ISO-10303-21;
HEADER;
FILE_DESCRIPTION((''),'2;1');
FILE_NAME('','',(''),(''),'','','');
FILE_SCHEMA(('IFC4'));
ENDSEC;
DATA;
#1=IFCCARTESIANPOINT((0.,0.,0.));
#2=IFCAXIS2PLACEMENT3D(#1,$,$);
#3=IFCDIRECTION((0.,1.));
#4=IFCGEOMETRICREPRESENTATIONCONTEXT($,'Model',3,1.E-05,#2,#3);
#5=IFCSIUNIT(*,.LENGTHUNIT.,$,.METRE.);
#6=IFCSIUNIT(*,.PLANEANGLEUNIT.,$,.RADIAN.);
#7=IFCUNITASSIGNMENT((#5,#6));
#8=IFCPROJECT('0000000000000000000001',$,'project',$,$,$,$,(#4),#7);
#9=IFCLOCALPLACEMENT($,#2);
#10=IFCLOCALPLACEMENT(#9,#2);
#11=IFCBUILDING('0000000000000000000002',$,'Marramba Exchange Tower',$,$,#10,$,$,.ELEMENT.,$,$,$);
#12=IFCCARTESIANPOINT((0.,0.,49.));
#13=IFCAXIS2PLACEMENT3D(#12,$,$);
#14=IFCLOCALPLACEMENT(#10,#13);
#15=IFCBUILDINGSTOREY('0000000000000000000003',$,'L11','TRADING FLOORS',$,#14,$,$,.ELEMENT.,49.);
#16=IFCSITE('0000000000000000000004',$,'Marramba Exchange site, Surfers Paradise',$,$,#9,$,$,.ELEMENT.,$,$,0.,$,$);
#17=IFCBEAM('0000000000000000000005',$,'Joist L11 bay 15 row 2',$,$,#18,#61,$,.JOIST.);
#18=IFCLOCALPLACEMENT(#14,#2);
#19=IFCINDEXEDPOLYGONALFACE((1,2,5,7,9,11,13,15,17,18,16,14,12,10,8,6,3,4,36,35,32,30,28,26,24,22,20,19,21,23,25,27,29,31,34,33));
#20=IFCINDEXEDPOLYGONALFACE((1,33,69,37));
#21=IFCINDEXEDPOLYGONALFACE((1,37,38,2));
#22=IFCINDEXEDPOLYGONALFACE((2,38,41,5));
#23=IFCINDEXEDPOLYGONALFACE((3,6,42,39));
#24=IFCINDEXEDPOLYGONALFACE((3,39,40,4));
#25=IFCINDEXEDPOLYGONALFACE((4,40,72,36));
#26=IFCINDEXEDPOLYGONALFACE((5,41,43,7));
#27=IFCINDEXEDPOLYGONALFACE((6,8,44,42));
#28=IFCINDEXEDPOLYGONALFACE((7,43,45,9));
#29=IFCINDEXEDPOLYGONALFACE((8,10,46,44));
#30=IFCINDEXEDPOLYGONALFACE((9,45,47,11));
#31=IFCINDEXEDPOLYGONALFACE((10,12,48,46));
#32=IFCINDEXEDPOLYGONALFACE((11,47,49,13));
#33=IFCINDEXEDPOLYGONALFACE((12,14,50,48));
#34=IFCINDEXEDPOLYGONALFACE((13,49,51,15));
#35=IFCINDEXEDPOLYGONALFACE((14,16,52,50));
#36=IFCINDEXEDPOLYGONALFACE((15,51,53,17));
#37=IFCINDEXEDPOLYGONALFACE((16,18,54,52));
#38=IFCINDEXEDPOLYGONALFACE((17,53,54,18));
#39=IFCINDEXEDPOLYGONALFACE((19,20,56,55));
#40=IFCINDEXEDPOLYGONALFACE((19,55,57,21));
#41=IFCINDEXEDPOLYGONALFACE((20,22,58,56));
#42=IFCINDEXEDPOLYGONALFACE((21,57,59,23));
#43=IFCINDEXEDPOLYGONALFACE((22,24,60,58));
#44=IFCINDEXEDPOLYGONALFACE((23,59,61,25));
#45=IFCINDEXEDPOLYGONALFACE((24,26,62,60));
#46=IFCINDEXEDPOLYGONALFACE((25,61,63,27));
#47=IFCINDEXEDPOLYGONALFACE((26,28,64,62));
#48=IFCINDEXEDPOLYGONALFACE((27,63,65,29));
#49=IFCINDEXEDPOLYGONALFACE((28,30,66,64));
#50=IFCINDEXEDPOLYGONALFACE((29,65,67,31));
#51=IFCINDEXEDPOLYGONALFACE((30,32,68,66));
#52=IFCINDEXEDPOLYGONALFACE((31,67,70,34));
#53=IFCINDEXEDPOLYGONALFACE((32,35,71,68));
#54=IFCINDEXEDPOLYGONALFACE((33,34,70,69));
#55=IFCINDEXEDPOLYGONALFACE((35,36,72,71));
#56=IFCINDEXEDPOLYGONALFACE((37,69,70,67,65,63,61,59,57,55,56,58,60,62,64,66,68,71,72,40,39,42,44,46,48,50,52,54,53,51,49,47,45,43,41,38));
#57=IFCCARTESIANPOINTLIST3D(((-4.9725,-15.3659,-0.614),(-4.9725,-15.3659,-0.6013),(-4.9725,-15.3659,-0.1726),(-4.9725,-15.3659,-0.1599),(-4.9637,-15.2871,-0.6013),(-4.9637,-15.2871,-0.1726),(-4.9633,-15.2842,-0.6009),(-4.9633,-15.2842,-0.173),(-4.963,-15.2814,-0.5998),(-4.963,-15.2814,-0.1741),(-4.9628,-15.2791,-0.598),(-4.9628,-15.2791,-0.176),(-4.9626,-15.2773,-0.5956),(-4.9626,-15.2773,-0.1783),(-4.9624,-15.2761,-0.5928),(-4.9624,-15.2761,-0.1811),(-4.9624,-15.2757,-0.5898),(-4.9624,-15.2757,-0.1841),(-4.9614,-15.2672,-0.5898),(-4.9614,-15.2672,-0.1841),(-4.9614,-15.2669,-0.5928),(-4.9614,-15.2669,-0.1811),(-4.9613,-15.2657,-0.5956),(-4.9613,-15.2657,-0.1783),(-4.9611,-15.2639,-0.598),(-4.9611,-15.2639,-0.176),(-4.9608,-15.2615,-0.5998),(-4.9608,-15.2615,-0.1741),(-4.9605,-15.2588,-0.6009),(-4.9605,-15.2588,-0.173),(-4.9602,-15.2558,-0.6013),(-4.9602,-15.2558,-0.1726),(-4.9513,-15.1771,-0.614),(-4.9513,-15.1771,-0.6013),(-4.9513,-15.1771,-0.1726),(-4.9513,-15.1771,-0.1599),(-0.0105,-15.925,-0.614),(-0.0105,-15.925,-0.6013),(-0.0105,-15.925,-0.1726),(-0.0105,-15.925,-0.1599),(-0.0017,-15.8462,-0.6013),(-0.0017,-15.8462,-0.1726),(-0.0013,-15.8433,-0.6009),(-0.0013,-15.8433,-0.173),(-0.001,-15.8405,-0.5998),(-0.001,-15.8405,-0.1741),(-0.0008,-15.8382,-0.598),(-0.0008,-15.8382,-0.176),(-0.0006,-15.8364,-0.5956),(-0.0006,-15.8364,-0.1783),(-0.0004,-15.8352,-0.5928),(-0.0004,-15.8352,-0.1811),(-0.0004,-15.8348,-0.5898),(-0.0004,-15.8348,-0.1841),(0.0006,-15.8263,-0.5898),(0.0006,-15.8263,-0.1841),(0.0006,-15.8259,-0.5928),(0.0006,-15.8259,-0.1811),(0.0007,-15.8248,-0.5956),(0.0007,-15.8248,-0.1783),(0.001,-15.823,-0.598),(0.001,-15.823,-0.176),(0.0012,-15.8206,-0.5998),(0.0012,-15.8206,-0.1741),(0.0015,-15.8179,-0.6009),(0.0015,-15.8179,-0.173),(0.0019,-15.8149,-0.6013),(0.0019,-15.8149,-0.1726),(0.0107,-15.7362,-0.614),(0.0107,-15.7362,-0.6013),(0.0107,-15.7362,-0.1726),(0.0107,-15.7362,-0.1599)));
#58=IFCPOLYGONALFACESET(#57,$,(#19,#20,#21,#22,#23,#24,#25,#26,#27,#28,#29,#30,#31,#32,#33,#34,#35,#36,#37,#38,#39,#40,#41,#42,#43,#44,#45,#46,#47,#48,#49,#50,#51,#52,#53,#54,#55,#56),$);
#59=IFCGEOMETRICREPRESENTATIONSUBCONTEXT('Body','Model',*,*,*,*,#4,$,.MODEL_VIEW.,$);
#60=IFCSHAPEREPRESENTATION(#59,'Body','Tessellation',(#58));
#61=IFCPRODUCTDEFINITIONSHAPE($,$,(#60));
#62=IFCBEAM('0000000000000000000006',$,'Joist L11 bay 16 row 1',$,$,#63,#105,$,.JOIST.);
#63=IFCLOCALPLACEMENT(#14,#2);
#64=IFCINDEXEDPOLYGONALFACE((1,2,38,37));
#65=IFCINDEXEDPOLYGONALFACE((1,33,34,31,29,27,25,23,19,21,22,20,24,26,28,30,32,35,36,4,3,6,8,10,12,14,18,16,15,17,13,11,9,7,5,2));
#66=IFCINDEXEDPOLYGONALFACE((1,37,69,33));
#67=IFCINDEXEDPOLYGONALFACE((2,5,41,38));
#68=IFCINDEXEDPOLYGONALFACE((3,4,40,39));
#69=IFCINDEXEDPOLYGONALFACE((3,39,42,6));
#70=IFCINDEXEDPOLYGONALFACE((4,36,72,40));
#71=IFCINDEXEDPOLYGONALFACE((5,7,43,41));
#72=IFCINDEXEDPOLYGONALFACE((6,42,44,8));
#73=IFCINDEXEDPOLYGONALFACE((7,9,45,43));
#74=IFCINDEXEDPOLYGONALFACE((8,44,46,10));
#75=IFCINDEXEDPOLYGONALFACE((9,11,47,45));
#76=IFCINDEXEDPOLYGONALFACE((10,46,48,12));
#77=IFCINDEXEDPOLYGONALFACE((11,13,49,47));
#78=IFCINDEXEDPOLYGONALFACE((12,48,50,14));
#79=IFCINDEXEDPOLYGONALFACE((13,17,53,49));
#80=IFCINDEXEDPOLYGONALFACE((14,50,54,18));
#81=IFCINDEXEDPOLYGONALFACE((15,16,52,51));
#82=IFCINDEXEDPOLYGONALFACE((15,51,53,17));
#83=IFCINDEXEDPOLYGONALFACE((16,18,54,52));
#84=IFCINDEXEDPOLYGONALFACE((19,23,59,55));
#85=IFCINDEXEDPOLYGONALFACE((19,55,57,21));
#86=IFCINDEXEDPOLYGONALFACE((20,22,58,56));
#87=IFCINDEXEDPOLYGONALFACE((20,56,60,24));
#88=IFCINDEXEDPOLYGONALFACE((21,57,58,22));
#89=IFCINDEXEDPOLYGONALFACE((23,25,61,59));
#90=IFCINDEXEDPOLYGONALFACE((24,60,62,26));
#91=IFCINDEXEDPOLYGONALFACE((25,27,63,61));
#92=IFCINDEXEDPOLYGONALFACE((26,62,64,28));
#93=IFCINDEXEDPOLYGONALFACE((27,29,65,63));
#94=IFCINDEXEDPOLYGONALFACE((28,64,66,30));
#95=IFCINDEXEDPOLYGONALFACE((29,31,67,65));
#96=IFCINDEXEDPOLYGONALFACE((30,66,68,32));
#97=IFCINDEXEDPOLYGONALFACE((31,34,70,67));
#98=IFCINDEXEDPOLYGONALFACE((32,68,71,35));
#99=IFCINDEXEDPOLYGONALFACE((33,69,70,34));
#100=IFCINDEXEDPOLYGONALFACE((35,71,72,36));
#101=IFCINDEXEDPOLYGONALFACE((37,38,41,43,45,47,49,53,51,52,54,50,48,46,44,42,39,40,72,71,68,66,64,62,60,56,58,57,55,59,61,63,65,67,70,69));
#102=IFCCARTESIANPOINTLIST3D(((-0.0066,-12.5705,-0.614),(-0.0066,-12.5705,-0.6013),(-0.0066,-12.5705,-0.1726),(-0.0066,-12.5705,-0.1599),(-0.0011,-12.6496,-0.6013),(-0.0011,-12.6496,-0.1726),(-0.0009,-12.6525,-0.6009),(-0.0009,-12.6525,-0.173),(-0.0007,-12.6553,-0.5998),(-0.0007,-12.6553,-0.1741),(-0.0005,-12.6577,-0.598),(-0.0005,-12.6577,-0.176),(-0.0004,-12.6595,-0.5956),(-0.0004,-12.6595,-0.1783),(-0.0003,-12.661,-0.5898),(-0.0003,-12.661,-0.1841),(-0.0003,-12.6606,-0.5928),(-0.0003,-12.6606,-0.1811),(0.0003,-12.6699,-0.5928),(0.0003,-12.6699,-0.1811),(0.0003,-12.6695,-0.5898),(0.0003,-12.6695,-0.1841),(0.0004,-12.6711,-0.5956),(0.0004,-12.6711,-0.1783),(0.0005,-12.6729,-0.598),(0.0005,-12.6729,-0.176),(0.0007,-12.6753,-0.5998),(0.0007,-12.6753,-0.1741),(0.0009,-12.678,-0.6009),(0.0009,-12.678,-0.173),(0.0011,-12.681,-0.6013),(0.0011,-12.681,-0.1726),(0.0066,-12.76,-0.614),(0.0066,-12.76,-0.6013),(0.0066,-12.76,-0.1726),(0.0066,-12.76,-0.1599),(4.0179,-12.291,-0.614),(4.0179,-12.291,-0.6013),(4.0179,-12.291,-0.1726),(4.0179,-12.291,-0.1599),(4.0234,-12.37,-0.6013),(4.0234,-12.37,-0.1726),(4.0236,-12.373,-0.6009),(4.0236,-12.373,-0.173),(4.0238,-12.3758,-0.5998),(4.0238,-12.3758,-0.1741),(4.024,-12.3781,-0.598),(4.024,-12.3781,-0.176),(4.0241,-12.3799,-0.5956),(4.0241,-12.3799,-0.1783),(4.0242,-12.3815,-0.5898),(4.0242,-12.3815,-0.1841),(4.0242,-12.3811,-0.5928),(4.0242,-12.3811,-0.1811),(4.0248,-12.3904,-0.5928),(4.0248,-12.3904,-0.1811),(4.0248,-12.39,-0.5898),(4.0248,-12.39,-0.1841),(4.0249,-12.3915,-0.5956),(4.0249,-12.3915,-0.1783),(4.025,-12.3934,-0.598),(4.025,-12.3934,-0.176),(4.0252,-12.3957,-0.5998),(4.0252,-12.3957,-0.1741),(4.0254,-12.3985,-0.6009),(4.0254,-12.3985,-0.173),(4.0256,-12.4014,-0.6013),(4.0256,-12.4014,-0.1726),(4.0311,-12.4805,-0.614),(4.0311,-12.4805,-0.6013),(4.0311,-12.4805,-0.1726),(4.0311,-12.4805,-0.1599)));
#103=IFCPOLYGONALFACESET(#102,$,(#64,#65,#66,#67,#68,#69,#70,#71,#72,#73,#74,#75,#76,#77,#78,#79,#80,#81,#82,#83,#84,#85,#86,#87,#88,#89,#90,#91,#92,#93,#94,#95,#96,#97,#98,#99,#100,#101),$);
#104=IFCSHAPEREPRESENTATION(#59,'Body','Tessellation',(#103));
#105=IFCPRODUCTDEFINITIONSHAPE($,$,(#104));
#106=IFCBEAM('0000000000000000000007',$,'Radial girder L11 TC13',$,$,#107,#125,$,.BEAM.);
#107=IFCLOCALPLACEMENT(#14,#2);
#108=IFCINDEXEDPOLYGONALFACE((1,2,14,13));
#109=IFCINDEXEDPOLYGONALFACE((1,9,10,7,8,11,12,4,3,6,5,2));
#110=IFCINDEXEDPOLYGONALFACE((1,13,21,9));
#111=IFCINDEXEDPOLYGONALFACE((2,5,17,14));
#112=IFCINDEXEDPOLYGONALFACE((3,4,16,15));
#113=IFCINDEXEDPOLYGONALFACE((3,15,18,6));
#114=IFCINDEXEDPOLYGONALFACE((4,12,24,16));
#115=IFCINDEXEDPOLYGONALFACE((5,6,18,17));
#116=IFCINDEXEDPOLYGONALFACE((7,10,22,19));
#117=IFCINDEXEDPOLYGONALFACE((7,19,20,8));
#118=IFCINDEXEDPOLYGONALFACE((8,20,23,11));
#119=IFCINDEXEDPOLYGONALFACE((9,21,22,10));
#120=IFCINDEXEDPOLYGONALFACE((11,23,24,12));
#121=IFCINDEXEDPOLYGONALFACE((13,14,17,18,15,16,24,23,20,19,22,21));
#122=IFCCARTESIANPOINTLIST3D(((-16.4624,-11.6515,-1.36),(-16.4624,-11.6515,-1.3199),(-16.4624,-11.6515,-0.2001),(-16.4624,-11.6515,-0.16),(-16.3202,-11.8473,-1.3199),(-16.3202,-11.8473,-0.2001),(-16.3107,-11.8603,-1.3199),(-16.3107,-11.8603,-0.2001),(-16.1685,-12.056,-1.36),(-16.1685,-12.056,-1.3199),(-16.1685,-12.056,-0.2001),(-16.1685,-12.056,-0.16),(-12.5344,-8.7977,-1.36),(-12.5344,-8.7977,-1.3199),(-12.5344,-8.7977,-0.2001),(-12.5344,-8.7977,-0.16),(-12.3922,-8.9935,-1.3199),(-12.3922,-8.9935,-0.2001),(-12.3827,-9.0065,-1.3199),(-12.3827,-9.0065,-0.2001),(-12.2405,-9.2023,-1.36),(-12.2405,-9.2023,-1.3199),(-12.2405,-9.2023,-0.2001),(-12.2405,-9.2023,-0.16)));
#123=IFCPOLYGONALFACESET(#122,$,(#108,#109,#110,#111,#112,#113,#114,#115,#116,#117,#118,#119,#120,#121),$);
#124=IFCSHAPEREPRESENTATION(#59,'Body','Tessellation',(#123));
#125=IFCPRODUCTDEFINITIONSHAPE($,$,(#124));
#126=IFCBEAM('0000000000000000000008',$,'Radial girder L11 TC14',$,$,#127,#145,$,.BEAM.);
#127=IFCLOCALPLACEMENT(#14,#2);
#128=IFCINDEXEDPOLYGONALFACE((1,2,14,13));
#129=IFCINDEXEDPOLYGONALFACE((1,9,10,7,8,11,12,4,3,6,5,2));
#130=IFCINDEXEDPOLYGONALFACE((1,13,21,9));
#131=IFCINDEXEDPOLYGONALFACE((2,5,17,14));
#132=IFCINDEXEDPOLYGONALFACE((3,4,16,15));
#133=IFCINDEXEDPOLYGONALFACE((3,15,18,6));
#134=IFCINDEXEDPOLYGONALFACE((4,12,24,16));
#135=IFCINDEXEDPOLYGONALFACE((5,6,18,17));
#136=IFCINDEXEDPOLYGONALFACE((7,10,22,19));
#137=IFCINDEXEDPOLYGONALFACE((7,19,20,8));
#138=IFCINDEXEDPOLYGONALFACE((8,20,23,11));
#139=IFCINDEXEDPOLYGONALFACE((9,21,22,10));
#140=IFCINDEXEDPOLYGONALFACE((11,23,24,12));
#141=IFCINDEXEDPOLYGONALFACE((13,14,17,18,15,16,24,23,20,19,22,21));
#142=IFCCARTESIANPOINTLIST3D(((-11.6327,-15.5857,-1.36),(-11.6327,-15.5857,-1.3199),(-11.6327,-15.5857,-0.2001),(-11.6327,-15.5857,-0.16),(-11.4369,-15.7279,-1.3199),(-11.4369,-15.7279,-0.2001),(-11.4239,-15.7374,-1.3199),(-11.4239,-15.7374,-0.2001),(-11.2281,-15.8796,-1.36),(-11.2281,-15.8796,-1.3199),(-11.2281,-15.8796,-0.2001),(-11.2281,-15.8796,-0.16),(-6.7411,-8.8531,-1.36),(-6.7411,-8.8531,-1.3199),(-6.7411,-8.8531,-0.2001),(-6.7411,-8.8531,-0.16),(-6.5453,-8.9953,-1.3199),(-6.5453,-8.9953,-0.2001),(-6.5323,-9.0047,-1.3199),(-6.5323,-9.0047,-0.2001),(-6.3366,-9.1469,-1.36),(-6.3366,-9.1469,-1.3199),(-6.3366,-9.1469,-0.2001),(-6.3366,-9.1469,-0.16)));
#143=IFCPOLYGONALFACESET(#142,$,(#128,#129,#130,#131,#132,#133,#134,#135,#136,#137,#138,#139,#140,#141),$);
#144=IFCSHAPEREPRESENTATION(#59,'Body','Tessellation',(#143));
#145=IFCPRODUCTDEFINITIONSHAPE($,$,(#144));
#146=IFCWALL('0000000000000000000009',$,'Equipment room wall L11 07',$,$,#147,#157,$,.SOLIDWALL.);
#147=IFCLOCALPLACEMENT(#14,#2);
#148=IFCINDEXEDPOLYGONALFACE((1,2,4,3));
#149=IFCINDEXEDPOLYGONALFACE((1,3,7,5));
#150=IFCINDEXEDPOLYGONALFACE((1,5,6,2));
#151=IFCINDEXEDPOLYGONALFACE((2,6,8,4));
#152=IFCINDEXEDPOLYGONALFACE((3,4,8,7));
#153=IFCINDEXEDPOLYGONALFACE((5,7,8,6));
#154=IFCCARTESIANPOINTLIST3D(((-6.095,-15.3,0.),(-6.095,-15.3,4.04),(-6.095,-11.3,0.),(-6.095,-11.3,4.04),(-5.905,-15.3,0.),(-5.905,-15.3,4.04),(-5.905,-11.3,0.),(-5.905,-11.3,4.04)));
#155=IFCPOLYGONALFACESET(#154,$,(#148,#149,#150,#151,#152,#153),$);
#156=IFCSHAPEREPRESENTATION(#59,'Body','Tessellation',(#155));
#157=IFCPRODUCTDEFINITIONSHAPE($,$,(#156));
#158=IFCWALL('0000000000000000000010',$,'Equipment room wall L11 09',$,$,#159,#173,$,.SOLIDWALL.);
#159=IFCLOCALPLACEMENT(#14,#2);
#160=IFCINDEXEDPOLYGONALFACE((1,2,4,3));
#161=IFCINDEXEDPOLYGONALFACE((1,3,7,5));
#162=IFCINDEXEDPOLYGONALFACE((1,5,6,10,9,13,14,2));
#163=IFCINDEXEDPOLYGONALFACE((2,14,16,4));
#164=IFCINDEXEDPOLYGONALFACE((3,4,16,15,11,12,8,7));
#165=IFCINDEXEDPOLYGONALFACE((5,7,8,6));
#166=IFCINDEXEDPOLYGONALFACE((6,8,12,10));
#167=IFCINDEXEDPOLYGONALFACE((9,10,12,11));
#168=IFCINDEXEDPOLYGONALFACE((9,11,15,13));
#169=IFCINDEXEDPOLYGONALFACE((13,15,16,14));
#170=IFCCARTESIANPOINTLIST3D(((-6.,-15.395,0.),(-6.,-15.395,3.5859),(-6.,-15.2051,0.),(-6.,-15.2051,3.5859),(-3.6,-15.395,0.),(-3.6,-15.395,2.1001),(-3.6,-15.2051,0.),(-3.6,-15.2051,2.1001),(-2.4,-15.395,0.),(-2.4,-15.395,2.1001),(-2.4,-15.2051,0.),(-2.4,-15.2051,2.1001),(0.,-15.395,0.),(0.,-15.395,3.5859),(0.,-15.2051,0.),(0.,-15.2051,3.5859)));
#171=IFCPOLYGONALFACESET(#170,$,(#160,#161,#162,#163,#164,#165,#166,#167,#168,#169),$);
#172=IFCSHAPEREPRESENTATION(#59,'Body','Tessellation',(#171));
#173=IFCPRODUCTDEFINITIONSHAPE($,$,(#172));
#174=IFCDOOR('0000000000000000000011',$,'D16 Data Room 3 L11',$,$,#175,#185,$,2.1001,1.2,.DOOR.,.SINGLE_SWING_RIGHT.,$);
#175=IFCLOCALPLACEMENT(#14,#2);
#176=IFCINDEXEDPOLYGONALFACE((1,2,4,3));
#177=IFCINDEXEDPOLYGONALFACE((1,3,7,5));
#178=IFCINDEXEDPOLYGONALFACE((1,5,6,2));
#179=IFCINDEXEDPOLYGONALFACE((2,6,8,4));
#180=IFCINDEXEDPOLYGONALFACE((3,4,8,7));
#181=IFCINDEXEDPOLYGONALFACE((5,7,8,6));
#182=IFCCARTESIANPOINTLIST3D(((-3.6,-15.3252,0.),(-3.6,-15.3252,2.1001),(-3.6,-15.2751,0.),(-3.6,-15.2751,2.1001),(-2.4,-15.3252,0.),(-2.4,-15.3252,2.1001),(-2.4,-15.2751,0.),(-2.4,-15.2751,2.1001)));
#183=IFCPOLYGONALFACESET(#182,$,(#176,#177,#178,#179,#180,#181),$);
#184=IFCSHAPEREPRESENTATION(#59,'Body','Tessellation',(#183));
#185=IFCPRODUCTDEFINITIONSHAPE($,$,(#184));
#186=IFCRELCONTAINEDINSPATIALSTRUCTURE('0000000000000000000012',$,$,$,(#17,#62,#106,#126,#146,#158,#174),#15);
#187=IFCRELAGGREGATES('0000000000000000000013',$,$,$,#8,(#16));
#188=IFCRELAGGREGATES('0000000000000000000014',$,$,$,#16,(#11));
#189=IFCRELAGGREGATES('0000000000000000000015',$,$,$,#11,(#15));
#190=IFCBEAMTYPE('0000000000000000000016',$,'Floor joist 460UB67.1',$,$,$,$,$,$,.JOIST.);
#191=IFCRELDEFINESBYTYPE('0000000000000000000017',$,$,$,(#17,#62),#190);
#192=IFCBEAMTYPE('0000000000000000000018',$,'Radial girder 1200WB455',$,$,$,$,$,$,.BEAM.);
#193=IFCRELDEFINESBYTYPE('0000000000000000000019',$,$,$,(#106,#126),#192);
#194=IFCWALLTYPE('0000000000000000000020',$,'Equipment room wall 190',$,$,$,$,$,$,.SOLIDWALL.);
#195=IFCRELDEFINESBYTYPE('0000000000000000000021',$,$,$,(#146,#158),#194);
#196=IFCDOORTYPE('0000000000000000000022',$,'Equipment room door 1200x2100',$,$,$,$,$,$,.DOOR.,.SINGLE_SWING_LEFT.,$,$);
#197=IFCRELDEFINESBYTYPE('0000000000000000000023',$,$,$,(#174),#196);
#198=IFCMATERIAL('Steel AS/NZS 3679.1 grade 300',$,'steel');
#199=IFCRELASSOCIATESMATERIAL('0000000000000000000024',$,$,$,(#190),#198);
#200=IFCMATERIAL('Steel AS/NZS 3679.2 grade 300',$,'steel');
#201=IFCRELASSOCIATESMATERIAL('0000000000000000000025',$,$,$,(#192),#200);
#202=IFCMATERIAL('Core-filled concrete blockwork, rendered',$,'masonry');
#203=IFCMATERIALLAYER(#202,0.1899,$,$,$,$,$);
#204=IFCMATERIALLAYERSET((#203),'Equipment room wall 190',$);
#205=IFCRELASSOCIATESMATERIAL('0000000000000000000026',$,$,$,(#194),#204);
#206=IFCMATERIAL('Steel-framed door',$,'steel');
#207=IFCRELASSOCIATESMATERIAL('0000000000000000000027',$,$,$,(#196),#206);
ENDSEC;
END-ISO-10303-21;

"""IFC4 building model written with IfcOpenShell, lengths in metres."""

from ifc_helpers import new_model, si_unit, direction, frame, frame_2d, origin, origin_2d, place, context, subcontext, project, spatial, rectangle, i_section, extrude, material, layer, layer_set, material_profile, profile_set, type_object, element, fill, save


model = new_model("IFC4")

# Units and contexts
model_context = context("Model", 3, precision=1e-05, world=origin(), true_north=direction((0.0, 1.0)))
body_context = subcontext(model_context, "Body", "Model", "MODEL_VIEW")
ifc_project = project(units=[si_unit("LENGTHUNIT", "METRE"), si_unit("PLANEANGLEUNIT", "RADIAN")], contexts=[model_context])

# Site, building, storey
site_placement = place(None, origin())
site = spatial("IfcSite", under=ifc_project, at=site_placement, Name="Marramba Exchange site, Surfers Paradise", CompositionType="ELEMENT", RefElevation=0.0)
building_placement = place(site_placement, origin())
building = spatial("IfcBuilding", under=site, at=building_placement, Name="Marramba Exchange Tower", CompositionType="ELEMENT")
storey_placement = place(building_placement, frame((0.0, 0.0, 49.0)))
storey = spatial("IfcBuildingStorey", under=building, at=storey_placement, Name="L11", Description="TRADING FLOORS", CompositionType="ELEMENT", Elevation=49.0)

# Beams
ifc_material_1 = material(Name="Steel AS/NZS 3679.2 grade 300", Category="steel")
ifc_material_2 = material(Name="Steel AS/NZS 3679.1 grade 300", Category="steel")
ifc_material_profile_1 = material_profile(ifc_material_2, i_section(OverallWidth=0.1899, OverallDepth=0.4541, WebThickness=0.0085, FlangeThickness=0.0127, FilletRadius=0.0115, at=origin_2d()), Name="460UB67.1")
ifc_profile_set_1 = profile_set([ifc_material_profile_1], Name="Steel AS/NZS 3679.1 grade 300")
beam_type_1 = type_object("IfcBeamType", Name="Floor joist 460UB67.1", PredefinedType="JOIST", material=ifc_profile_set_1)
beam_1_placement = place(storey_placement, frame((-4.9619, -15.2715, -0.387), z_axis=(0.993712, -0.111966, 0.0), x_axis=(0.111966, 0.993712, 0.0)))
element("IfcBeam", 1, at=beam_1_placement, inside=storey, type_object=beam_type_1, Name="Joist L11 bay 15 row 2", PredefinedType="JOIST", context=body_context, shape_type="SweptSolid", body=[
    extrude(i_section(OverallWidth=0.1899, OverallDepth=0.4541, WebThickness=0.0085, FlangeThickness=0.0127, FilletRadius=0.0115, at=origin_2d()), origin(), (0.0, 0.0, 1.0), 4.9934),
])
beam_2_placement = place(storey_placement, frame((0.0, -12.6653, -0.387), z_axis=(0.997596, 0.069294, 0.0), x_axis=(-0.069294, 0.997596, 0.0)))
element("IfcBeam", 2, at=beam_2_placement, inside=storey, type_object=beam_type_1, Name="Joist L11 bay 16 row 1", PredefinedType="JOIST", context=body_context, shape_type="SweptSolid", body=[
    extrude(i_section(OverallWidth=0.1899, OverallDepth=0.4541, WebThickness=0.0085, FlangeThickness=0.0127, FilletRadius=0.0115, at=origin_2d()), origin(), (0.0, 0.0, 1.0), 4.0342),
])
ifc_material_profile_2 = material_profile(ifc_material_1, i_section(OverallWidth=0.5, OverallDepth=1.2, WebThickness=0.0161, FlangeThickness=0.04, at=origin_2d()), Name="1200WB455")
ifc_profile_set_2 = profile_set([ifc_material_profile_2], Name="Steel AS/NZS 3679.2 grade 300")
beam_type_2 = type_object("IfcBeamType", Name="Radial girder 1200WB455", PredefinedType="BEAM", material=ifc_profile_set_2)
beam_3_placement = place(storey_placement, frame((-12.3875, -9.0, -0.76), z_axis=(-0.809025, -0.587774, 0.0), x_axis=(0.587774, -0.809025, 0.0)))
element("IfcBeam", 3, at=beam_3_placement, inside=storey, type_object=beam_type_2, Name="Radial girder L11 TC13", PredefinedType="BEAM", context=body_context, shape_type="SweptSolid", body=[
    extrude(i_section(OverallWidth=0.5, OverallDepth=1.2, WebThickness=0.0161, FlangeThickness=0.04, at=origin_2d()), origin(), (0.0, 0.0, 1.0), 4.8552),
])
beam_4_placement = place(storey_placement, frame((-6.5388, -9.0, -0.76), z_axis=(-0.587788, -0.809015, 0.0), x_axis=(0.809015, -0.587788, 0.0)))
element("IfcBeam", 4, at=beam_4_placement, inside=storey, type_object=beam_type_2, Name="Radial girder L11 TC14", PredefinedType="BEAM", context=body_context, shape_type="SweptSolid", body=[
    extrude(i_section(OverallWidth=0.5, OverallDepth=1.2, WebThickness=0.0161, FlangeThickness=0.04, at=origin_2d()), origin(), (0.0, 0.0, 1.0), 8.322),
])

# Wall
ifc_material_3 = material(Name="Core-filled concrete blockwork, rendered", Category="masonry")
ifc_layer_1 = layer(ifc_material_3, 0.1899)
ifc_layer_set_1 = layer_set([ifc_layer_1], Name="Equipment room wall 190")
wall_type_1 = type_object("IfcWallType", Name="Equipment room wall 190", PredefinedType="SOLIDWALL", material=ifc_layer_set_1)
wall_1_placement = place(storey_placement, frame((-6.0, -15.3, 0.0), z_axis=(0.0, 0.0, 1.0), x_axis=(0.0, 1.0, 0.0)))
element("IfcWall", 5, at=wall_1_placement, inside=storey, type_object=wall_type_1, Name="Equipment room wall L11 07", PredefinedType="SOLIDWALL", context=body_context, shape_type="SweptSolid", body=[
    extrude(rectangle(XDim=4.0, YDim=0.1899, at=frame_2d((2.0, 0.0))), origin(), (0.0, 0.0, 1.0), 4.04),
])

# Wall, opening, door
wall_2_placement = place(storey_placement, frame((-6.0, -15.3, 0.0), z_axis=(0.0, 0.0, 1.0), x_axis=(1.0, 0.0, 0.0)))
wall_2 = element("IfcWall", 6, at=wall_2_placement, inside=storey, type_object=wall_type_1, Name="Equipment room wall L11 09", PredefinedType="SOLIDWALL", context=body_context, shape_type="SweptSolid", body=[
    extrude(rectangle(XDim=6.0, YDim=0.1899, at=frame_2d((3.0, 0.0))), origin(), (0.0, 0.0, 1.0), 3.5859),
])
opening_1_placement = place(wall_2_placement, frame((2.3999, 0.0, 0.0)))
opening_1 = element("IfcOpeningElement", 7, at=opening_1_placement, cuts=wall_2, PredefinedType="OPENING", context=body_context, shape_type="SweptSolid", body=[
    extrude(rectangle(XDim=1.2, YDim=2.1001, at=frame_2d((0.6001, 1.05))), frame((0.0, 0.105, 0.0), z_axis=(0.0, -1.0, 0.0), x_axis=(1.0, 0.0, 0.0)), (0.0, 0.0, 1.0), 0.21),
])
ifc_material_4 = material(Name="Steel-framed door", Category="steel")
door_type_1 = type_object("IfcDoorType", Name="Equipment room door 1200x2100", OperationType="SINGLE_SWING_LEFT", PredefinedType="DOOR", material=ifc_material_4)
door_1_placement = place(opening_1_placement, origin())
door_1 = element("IfcDoor", 8, at=door_1_placement, inside=storey, type_object=door_type_1, Name="D16 Data Room 3 L11", OperationType="SINGLE_SWING_RIGHT", OverallHeight=2.1001, OverallWidth=1.2, PredefinedType="DOOR", context=body_context, shape_type="SweptSolid", body=[
    extrude(rectangle(XDim=1.2, YDim=2.1001, at=frame_2d((0.6001, 1.05))), frame((0.0, 0.0249, 0.0), z_axis=(0.0, -1.0, 0.0), x_axis=(1.0, 0.0, 0.0)), (0.0, 0.0, 1.0), 0.05),
])
fill(opening_1, door_1)

save(model, "model.ifc")
